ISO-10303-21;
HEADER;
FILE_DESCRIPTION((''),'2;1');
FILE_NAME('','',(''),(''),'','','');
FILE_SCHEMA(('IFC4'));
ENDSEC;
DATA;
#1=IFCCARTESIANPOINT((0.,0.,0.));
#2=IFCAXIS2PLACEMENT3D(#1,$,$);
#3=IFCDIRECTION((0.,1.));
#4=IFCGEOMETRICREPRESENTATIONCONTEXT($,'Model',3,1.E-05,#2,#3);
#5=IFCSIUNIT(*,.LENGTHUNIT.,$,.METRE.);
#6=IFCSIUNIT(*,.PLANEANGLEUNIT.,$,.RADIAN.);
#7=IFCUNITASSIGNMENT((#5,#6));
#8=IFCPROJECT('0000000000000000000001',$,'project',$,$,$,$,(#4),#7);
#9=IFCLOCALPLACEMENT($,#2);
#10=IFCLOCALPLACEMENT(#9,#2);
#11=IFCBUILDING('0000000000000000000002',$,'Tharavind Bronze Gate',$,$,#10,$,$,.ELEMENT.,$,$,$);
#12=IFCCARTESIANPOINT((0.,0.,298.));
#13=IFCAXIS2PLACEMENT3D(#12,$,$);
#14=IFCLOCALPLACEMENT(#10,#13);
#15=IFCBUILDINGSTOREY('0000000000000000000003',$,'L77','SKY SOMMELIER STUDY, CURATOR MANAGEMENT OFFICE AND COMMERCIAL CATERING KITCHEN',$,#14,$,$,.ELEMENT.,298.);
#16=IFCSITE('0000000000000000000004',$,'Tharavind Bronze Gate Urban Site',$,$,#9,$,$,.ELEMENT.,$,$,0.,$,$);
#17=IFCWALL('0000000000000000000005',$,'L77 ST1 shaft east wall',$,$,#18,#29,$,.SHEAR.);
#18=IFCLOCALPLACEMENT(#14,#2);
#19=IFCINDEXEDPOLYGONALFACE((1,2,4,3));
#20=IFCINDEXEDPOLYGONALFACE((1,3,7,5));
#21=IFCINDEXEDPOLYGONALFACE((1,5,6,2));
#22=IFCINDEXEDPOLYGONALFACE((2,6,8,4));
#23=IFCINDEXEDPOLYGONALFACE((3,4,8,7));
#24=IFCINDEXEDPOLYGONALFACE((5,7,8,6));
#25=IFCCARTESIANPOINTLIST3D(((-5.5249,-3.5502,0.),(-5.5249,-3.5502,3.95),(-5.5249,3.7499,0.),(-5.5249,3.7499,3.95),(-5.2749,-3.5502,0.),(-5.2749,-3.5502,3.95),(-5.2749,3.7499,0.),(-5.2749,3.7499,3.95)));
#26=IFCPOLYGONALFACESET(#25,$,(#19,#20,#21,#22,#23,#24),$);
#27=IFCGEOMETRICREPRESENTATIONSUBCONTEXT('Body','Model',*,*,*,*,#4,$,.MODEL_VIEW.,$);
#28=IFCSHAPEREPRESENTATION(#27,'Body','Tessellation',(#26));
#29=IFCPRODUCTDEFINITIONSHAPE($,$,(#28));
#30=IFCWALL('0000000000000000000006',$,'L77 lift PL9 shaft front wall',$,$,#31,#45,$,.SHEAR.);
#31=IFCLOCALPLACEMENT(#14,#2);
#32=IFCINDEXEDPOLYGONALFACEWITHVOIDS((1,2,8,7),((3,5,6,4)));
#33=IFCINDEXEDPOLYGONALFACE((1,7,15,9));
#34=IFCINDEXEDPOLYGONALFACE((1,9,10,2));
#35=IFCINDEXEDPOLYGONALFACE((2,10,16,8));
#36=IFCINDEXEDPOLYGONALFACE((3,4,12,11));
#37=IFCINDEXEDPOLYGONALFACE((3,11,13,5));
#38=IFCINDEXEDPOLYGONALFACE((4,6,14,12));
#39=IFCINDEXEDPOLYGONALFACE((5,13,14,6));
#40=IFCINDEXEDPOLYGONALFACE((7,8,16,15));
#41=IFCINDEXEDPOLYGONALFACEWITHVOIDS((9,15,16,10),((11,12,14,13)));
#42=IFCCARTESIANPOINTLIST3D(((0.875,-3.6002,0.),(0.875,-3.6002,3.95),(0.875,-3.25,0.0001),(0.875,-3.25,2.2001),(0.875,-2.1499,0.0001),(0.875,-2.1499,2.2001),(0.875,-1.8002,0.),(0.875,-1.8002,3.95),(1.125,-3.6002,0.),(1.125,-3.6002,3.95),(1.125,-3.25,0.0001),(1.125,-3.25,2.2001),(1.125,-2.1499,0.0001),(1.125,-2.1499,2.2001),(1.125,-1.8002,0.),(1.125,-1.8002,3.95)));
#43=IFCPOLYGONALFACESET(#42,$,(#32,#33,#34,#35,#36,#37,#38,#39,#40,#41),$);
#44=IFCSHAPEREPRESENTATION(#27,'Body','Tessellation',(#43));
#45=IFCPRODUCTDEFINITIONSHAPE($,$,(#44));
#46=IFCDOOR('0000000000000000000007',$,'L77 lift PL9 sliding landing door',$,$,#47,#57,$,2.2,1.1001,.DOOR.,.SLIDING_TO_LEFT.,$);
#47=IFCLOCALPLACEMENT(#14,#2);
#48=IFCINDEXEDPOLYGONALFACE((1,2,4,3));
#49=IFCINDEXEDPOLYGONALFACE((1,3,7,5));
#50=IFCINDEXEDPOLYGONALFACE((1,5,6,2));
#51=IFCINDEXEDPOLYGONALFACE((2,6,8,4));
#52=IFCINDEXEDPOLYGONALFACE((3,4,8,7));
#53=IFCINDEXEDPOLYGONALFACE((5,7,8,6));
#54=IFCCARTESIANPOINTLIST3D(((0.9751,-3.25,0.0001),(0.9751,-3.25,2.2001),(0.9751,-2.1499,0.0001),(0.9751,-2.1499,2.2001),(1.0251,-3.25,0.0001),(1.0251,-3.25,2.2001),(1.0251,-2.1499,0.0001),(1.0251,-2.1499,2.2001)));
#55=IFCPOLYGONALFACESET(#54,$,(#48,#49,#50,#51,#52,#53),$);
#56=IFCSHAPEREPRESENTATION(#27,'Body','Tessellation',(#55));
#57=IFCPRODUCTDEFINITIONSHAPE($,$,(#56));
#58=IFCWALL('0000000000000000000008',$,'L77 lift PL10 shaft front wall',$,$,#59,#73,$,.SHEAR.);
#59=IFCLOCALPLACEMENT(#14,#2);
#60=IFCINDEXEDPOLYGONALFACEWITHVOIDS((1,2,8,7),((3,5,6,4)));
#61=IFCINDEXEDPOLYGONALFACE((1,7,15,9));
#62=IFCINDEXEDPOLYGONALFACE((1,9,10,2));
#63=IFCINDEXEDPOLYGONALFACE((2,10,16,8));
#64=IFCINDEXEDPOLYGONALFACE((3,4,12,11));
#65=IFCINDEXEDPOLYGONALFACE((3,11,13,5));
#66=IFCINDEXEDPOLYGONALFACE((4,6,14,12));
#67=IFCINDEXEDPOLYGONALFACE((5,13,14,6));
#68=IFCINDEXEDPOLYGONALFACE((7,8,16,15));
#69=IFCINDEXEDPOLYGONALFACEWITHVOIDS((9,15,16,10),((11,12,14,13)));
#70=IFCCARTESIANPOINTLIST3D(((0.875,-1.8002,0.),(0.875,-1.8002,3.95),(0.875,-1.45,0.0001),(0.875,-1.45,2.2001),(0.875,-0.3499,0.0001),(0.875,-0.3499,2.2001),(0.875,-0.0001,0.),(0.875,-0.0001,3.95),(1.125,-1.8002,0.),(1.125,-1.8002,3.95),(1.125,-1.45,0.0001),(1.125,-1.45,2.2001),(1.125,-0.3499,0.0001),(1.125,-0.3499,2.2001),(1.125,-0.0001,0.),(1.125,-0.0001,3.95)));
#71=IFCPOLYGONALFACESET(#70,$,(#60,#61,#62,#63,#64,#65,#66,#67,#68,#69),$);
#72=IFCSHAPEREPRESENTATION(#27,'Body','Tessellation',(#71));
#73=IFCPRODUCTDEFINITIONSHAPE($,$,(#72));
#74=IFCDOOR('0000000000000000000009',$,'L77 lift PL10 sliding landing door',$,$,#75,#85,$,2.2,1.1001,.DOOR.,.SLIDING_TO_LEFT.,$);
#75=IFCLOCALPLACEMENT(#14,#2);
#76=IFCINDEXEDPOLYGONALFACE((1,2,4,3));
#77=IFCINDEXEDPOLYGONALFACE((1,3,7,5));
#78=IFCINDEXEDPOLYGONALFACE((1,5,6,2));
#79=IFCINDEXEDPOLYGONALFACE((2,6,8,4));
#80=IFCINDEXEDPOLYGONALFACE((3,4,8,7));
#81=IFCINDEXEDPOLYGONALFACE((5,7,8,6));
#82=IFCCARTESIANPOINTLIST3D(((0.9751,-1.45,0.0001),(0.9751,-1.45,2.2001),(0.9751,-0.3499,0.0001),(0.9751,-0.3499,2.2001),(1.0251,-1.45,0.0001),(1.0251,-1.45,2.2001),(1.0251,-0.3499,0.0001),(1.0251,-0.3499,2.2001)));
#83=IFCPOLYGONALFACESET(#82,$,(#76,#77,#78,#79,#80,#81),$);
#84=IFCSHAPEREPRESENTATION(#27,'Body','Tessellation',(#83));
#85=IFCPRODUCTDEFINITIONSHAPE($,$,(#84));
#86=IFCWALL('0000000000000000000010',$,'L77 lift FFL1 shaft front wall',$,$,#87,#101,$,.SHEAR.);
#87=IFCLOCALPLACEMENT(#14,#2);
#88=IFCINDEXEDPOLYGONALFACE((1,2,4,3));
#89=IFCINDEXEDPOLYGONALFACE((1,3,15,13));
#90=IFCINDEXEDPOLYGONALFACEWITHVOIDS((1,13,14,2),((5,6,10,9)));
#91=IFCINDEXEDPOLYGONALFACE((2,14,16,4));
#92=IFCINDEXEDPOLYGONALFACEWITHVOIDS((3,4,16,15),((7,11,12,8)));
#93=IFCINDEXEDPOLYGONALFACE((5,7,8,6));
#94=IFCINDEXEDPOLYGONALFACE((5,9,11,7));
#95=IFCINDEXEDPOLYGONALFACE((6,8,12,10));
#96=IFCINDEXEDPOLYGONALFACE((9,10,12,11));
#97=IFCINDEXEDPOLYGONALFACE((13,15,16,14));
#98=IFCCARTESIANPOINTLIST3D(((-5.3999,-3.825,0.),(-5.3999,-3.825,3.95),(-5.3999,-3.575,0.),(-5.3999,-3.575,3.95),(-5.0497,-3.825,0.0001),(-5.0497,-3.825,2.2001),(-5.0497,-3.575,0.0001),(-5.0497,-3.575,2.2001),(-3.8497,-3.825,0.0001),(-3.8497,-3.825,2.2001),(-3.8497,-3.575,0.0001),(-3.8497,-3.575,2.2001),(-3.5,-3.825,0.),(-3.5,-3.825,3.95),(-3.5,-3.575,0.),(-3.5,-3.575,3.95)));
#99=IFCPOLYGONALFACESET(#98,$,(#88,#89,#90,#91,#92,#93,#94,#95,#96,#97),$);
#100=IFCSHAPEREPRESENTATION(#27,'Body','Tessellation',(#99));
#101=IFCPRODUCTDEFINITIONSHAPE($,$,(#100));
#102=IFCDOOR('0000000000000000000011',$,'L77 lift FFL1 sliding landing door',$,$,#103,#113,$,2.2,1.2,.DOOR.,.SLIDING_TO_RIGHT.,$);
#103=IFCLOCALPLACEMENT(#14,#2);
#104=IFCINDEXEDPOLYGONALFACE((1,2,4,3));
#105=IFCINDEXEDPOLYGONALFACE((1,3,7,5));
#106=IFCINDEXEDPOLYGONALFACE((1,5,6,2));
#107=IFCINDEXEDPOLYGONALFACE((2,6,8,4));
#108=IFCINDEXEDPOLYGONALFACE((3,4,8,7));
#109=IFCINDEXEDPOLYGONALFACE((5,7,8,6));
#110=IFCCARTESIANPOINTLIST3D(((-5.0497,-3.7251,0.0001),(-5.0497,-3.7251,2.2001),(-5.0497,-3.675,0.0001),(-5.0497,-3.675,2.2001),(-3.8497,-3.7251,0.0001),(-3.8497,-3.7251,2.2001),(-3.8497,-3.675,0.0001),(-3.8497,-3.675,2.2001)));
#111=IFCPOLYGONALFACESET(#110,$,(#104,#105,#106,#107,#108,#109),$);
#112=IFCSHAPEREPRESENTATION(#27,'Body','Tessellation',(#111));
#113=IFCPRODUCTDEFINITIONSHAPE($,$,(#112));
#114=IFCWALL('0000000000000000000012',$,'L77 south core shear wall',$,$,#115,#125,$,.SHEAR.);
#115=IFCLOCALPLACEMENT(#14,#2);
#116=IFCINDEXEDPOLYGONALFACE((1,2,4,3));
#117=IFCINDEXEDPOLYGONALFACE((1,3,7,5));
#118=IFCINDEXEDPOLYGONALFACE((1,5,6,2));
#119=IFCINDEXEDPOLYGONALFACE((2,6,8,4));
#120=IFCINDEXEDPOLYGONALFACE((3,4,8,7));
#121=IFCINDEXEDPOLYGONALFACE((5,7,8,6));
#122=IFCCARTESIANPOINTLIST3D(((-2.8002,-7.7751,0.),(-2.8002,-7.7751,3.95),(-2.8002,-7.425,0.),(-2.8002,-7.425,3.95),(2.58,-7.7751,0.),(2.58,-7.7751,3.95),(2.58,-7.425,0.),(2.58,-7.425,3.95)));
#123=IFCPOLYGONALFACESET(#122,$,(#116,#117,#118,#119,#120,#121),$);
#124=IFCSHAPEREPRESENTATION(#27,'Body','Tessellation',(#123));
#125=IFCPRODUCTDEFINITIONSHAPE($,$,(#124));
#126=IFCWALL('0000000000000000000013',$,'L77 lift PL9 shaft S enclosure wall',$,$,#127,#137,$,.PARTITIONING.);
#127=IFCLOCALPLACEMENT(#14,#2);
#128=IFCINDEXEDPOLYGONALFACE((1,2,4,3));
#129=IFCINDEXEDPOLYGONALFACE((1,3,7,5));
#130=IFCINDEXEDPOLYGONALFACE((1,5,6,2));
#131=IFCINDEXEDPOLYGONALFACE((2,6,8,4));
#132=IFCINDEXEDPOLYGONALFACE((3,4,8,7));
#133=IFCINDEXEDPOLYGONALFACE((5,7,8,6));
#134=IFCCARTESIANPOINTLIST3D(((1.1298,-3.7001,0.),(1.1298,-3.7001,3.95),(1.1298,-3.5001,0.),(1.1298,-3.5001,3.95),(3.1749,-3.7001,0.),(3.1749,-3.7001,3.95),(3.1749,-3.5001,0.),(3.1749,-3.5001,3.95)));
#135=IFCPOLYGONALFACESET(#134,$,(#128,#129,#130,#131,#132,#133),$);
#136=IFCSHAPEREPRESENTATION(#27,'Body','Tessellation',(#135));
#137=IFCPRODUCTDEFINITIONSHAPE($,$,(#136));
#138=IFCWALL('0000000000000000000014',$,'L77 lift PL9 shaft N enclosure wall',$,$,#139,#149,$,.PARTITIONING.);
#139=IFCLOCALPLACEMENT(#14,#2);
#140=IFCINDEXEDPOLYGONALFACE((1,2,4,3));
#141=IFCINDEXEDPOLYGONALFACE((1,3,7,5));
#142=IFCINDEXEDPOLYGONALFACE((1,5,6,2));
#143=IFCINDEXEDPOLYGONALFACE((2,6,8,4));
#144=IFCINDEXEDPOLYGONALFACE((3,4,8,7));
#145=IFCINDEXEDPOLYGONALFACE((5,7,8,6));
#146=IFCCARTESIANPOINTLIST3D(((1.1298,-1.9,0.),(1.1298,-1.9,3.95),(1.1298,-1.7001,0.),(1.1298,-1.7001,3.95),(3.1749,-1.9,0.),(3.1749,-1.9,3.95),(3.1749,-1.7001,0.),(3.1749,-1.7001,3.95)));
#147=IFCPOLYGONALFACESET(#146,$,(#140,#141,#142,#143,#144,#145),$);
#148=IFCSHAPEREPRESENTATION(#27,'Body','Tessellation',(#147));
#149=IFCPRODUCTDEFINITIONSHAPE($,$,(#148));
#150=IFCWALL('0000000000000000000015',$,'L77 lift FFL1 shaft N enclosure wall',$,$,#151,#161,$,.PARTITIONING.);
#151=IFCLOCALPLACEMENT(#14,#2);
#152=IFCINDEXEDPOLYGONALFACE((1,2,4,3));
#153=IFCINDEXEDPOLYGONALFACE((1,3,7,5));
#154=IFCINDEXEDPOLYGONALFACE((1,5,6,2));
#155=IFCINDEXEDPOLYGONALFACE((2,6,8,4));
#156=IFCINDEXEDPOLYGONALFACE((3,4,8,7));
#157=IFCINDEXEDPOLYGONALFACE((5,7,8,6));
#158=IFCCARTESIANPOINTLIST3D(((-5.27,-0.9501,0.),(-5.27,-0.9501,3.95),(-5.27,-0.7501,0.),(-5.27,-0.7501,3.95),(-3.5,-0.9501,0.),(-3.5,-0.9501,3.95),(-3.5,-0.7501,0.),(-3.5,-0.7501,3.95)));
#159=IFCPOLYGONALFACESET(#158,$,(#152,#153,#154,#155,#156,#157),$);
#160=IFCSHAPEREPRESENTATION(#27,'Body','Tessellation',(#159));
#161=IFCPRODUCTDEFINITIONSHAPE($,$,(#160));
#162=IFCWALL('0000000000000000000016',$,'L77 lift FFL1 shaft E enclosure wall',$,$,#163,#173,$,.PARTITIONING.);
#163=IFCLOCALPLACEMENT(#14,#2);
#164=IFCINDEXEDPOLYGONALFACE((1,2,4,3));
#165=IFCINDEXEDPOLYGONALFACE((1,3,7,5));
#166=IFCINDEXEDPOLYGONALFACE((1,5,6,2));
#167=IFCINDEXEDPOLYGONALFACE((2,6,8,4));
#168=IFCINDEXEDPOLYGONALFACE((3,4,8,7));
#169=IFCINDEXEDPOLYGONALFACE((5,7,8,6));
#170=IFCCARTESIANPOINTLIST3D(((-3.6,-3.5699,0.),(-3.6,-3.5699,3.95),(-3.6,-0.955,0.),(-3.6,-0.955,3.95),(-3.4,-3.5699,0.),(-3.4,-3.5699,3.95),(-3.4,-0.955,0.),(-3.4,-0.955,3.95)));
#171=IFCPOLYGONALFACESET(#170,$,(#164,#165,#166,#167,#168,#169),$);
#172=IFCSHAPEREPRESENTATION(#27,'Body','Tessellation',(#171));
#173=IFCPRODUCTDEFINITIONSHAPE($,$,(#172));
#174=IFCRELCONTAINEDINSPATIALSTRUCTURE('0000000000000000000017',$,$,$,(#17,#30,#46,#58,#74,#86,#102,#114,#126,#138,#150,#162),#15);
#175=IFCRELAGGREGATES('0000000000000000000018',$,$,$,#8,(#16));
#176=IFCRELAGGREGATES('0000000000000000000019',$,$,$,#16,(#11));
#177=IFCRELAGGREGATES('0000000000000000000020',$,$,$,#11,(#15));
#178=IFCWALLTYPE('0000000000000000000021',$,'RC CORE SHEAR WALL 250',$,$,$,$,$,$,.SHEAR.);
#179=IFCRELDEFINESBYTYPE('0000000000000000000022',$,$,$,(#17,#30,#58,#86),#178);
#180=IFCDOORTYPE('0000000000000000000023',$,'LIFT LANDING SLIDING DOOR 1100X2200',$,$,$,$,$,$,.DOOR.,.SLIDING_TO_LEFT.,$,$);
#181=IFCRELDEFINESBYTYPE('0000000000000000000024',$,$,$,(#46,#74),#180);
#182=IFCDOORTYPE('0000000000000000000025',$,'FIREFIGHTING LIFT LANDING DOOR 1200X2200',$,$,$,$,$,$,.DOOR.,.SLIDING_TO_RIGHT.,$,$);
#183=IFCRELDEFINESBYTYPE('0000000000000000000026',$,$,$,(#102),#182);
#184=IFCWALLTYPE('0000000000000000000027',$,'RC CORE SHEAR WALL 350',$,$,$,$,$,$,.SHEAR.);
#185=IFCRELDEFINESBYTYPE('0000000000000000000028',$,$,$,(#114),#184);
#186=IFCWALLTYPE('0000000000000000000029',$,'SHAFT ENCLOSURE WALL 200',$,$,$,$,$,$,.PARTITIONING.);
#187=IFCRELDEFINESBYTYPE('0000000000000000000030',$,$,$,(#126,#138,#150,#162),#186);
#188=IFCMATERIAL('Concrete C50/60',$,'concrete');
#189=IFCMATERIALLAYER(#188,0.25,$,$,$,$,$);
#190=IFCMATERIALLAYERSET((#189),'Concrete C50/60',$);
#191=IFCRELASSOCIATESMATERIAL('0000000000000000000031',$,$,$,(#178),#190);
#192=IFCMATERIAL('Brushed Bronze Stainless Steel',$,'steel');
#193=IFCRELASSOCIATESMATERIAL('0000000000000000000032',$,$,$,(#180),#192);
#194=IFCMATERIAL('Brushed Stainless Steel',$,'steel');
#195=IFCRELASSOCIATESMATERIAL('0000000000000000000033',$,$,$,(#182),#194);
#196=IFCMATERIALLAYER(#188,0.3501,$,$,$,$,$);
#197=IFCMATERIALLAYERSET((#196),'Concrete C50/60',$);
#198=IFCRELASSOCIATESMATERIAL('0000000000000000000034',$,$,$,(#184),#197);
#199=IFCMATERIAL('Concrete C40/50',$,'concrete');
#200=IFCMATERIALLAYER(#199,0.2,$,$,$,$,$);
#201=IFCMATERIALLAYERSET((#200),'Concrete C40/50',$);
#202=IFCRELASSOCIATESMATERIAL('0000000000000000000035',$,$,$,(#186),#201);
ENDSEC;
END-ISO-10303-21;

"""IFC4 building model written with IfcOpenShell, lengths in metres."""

from ifc_helpers import new_model, si_unit, direction, frame, frame_2d, origin, place, context, subcontext, project, spatial, rectangle, extrude, material, layer, layer_set, type_object, element, fill, save


model = new_model("IFC4")

# Units and contexts
model_context = context("Model", 3, precision=1e-05, world=origin(), true_north=direction((0.0, 1.0)))
body_context = subcontext(model_context, "Body", "Model", "MODEL_VIEW")
ifc_project = project(units=[si_unit("LENGTHUNIT", "METRE"), si_unit("PLANEANGLEUNIT", "RADIAN")], contexts=[model_context])

# Site, building, storey
site_placement = place(None, origin())
site = spatial("IfcSite", under=ifc_project, at=site_placement, Name="Tharavind Bronze Gate Urban Site", CompositionType="ELEMENT", RefElevation=0.0)
building_placement = place(site_placement, origin())
building = spatial("IfcBuilding", under=site, at=building_placement, Name="Tharavind Bronze Gate", CompositionType="ELEMENT")
storey_placement = place(building_placement, frame((0.0, 0.0, 298.0)))
storey = spatial("IfcBuildingStorey", under=building, at=storey_placement, Name="L77", Description="SKY SOMMELIER STUDY, CURATOR MANAGEMENT OFFICE AND COMMERCIAL CATERING KITCHEN", CompositionType="ELEMENT", Elevation=298.0)

# Shared definitions
ifc_material_1 = material(Name="Concrete C50/60", Category="concrete")

# Shared definitions
ifc_material_2 = material(Name="Concrete C40/50", Category="concrete")

# Wall
ifc_layer_1 = layer(ifc_material_1, 0.25)
ifc_layer_set_1 = layer_set([ifc_layer_1], Name="Concrete C50/60")
wall_type_1 = type_object("IfcWallType", Name="RC CORE SHEAR WALL 250", PredefinedType="SHEAR", material=ifc_layer_set_1)
wall_1_placement = place(storey_placement, frame((-5.3999, -3.55, 0.0), z_axis=(0.0, 0.0, 1.0), x_axis=(0.0, 1.0, 0.0)))
element("IfcWall", 1, at=wall_1_placement, inside=storey, type_object=wall_type_1, Name="L77 ST1 shaft east wall", PredefinedType="SHEAR", context=body_context, shape_type="SweptSolid", body=[
    extrude(rectangle(XDim=7.3, YDim=0.25, at=frame_2d((3.6499, 0.0))), origin(), (0.0, 0.0, 1.0), 3.95),
])

# Walls, openings, doors
wall_2_placement = place(storey_placement, frame((1.0, -3.6001, 0.0), z_axis=(0.0, 0.0, 1.0), x_axis=(0.0, 1.0, 0.0)))
wall_2 = element("IfcWall", 2, at=wall_2_placement, inside=storey, type_object=wall_type_1, Name="L77 lift PL9 shaft front wall", PredefinedType="SHEAR", context=body_context, shape_type="SweptSolid", body=[
    extrude(rectangle(XDim=1.8, YDim=0.25, at=frame_2d((0.8999, 0.0))), origin(), (0.0, 0.0, 1.0), 3.95),
])
opening_1_placement = place(wall_2_placement, frame((0.3501, 0.0, 0.0)))
opening_1 = element("IfcOpeningElement", 3, at=opening_1_placement, cuts=wall_2, PredefinedType="OPENING", context=body_context, shape_type="SweptSolid", body=[
    extrude(rectangle(XDim=1.1001, YDim=2.2, at=frame_2d((0.55, 1.1001))), frame((0.0, 0.135, 0.0), z_axis=(0.0, -1.0, 0.0), x_axis=(1.0, 0.0, 0.0)), (0.0, 0.0, 1.0), 0.27),
])
ifc_material_3 = material(Name="Brushed Bronze Stainless Steel", Category="steel")
door_type_1 = type_object("IfcDoorType", Name="LIFT LANDING SLIDING DOOR 1100X2200", OperationType="SLIDING_TO_LEFT", PredefinedType="DOOR", material=ifc_material_3)
door_1_placement = place(opening_1_placement, origin())
door_1 = element("IfcDoor", 4, at=door_1_placement, inside=storey, type_object=door_type_1, Name="L77 lift PL9 sliding landing door", OperationType="SLIDING_TO_LEFT", OverallHeight=2.2, OverallWidth=1.1001, PredefinedType="DOOR", context=body_context, shape_type="SweptSolid", body=[
    extrude(rectangle(XDim=1.1001, YDim=2.2, at=frame_2d((0.55, 1.1001))), frame((0.0, 0.0249, 0.0), z_axis=(0.0, -1.0, 0.0), x_axis=(1.0, 0.0, 0.0)), (0.0, 0.0, 1.0), 0.05),
])
fill(opening_1, door_1)
wall_3_placement = place(storey_placement, frame((1.0, -1.8, 0.0), z_axis=(0.0, 0.0, 1.0), x_axis=(0.0, 1.0, 0.0)))
wall_3 = element("IfcWall", 5, at=wall_3_placement, inside=storey, type_object=wall_type_1, Name="L77 lift PL10 shaft front wall", PredefinedType="SHEAR", context=body_context, shape_type="SweptSolid", body=[
    extrude(rectangle(XDim=1.8, YDim=0.25, at=frame_2d((0.8999, 0.0))), origin(), (0.0, 0.0, 1.0), 3.95),
])
opening_2_placement = place(wall_3_placement, frame((0.3501, 0.0, 0.0)))
opening_2 = element("IfcOpeningElement", 6, at=opening_2_placement, cuts=wall_3, PredefinedType="OPENING", context=body_context, shape_type="SweptSolid", body=[
    extrude(rectangle(XDim=1.1001, YDim=2.2, at=frame_2d((0.55, 1.1001))), frame((0.0, 0.135, 0.0), z_axis=(0.0, -1.0, 0.0), x_axis=(1.0, 0.0, 0.0)), (0.0, 0.0, 1.0), 0.27),
])
door_2_placement = place(opening_2_placement, origin())
door_2 = element("IfcDoor", 7, at=door_2_placement, inside=storey, type_object=door_type_1, Name="L77 lift PL10 sliding landing door", OperationType="SLIDING_TO_LEFT", OverallHeight=2.2, OverallWidth=1.1001, PredefinedType="DOOR", context=body_context, shape_type="SweptSolid", body=[
    extrude(rectangle(XDim=1.1001, YDim=2.2, at=frame_2d((0.55, 1.1001))), frame((0.0, 0.0249, 0.0), z_axis=(0.0, -1.0, 0.0), x_axis=(1.0, 0.0, 0.0)), (0.0, 0.0, 1.0), 0.05),
])
fill(opening_2, door_2)
wall_4_placement = place(storey_placement, frame((-5.3999, -3.7, 0.0), z_axis=(0.0, 0.0, 1.0), x_axis=(1.0, 0.0, 0.0)))
wall_4 = element("IfcWall", 8, at=wall_4_placement, inside=storey, type_object=wall_type_1, Name="L77 lift FFL1 shaft front wall", PredefinedType="SHEAR", context=body_context, shape_type="SweptSolid", body=[
    extrude(rectangle(XDim=1.8999, YDim=0.25, at=frame_2d((0.95, 0.0))), origin(), (0.0, 0.0, 1.0), 3.95),
])
opening_3_placement = place(wall_4_placement, frame((0.3501, 0.0, 0.0)))
opening_3 = element("IfcOpeningElement", 9, at=opening_3_placement, cuts=wall_4, PredefinedType="OPENING", context=body_context, shape_type="SweptSolid", body=[
    extrude(rectangle(XDim=1.2, YDim=2.2, at=frame_2d((0.6001, 1.1001))), frame((0.0, 0.135, 0.0), z_axis=(0.0, -1.0, 0.0), x_axis=(1.0, 0.0, 0.0)), (0.0, 0.0, 1.0), 0.27),
])
ifc_material_4 = material(Name="Brushed Stainless Steel", Category="steel")
door_type_2 = type_object("IfcDoorType", Name="FIREFIGHTING LIFT LANDING DOOR 1200X2200", OperationType="SLIDING_TO_RIGHT", PredefinedType="DOOR", material=ifc_material_4)
door_3_placement = place(opening_3_placement, origin())
door_3 = element("IfcDoor", 10, at=door_3_placement, inside=storey, type_object=door_type_2, Name="L77 lift FFL1 sliding landing door", OperationType="SLIDING_TO_RIGHT", OverallHeight=2.2, OverallWidth=1.2, PredefinedType="DOOR", context=body_context, shape_type="SweptSolid", body=[
    extrude(rectangle(XDim=1.2, YDim=2.2, at=frame_2d((0.6001, 1.1001))), frame((0.0, 0.0249, 0.0), z_axis=(0.0, -1.0, 0.0), x_axis=(1.0, 0.0, 0.0)), (0.0, 0.0, 1.0), 0.05),
])
fill(opening_3, door_3)

# Walls
ifc_layer_2 = layer(ifc_material_1, 0.3501)
ifc_layer_set_2 = layer_set([ifc_layer_2], Name="Concrete C50/60")
wall_type_2 = type_object("IfcWallType", Name="RC CORE SHEAR WALL 350", PredefinedType="SHEAR", material=ifc_layer_set_2)
wall_5_placement = place(storey_placement, frame((-2.8, -7.6001, 0.0), z_axis=(0.0, 0.0, 1.0), x_axis=(1.0, 0.0, 0.0)))
element("IfcWall", 11, at=wall_5_placement, inside=storey, type_object=wall_type_2, Name="L77 south core shear wall", PredefinedType="SHEAR", context=body_context, shape_type="SweptSolid", body=[
    extrude(rectangle(XDim=5.3801, YDim=0.3501, at=frame_2d((2.6899, 0.0))), origin(), (0.0, 0.0, 1.0), 3.95),
])
ifc_layer_3 = layer(ifc_material_2, 0.2)
ifc_layer_set_3 = layer_set([ifc_layer_3], Name="Concrete C40/50")
wall_type_3 = type_object("IfcWallType", Name="SHAFT ENCLOSURE WALL 200", PredefinedType="PARTITIONING", material=ifc_layer_set_3)
for number, where, z_axis, x_axis, name in (
    (12, (1.1299, -3.6001, 0.0), (0.0, 0.0, 1.0), (1.0, 0.0, 0.0), "L77 lift PL9 shaft S enclosure wall"),
    (13, (1.1299, -1.8, 0.0), (0.0, 0.0, 1.0), (1.0, 0.0, 0.0), "L77 lift PL9 shaft N enclosure wall"),
):
    element("IfcWall", number, at=place(storey_placement, frame(where, z_axis=z_axis, x_axis=x_axis)), inside=storey, type_object=wall_type_3, Name=name, PredefinedType="PARTITIONING", context=body_context, shape_type="SweptSolid", body=[
        extrude(rectangle(XDim=2.0452, YDim=0.2, at=frame_2d((1.0225, 0.0))), origin(), (0.0, 0.0, 1.0), 3.95),
    ])
wall_6_placement = place(storey_placement, frame((-5.27, -0.8501, 0.0), z_axis=(0.0, 0.0, 1.0), x_axis=(1.0, 0.0, 0.0)))
element("IfcWall", 14, at=wall_6_placement, inside=storey, type_object=wall_type_3, Name="L77 lift FFL1 shaft N enclosure wall", PredefinedType="PARTITIONING", context=body_context, shape_type="SweptSolid", body=[
    extrude(rectangle(XDim=1.77, YDim=0.2, at=frame_2d((0.885, 0.0))), origin(), (0.0, 0.0, 1.0), 3.95),
])
wall_7_placement = place(storey_placement, frame((-3.5, -3.5701, 0.0), z_axis=(0.0, 0.0, 1.0), x_axis=(0.0, 1.0, 0.0)))
element("IfcWall", 15, at=wall_7_placement, inside=storey, type_object=wall_type_3, Name="L77 lift FFL1 shaft E enclosure wall", PredefinedType="PARTITIONING", context=body_context, shape_type="SweptSolid", body=[
    extrude(rectangle(XDim=2.615, YDim=0.2, at=frame_2d((1.3076, 0.0))), origin(), (0.0, 0.0, 1.0), 3.95),
])

save(model, "model.ifc")
